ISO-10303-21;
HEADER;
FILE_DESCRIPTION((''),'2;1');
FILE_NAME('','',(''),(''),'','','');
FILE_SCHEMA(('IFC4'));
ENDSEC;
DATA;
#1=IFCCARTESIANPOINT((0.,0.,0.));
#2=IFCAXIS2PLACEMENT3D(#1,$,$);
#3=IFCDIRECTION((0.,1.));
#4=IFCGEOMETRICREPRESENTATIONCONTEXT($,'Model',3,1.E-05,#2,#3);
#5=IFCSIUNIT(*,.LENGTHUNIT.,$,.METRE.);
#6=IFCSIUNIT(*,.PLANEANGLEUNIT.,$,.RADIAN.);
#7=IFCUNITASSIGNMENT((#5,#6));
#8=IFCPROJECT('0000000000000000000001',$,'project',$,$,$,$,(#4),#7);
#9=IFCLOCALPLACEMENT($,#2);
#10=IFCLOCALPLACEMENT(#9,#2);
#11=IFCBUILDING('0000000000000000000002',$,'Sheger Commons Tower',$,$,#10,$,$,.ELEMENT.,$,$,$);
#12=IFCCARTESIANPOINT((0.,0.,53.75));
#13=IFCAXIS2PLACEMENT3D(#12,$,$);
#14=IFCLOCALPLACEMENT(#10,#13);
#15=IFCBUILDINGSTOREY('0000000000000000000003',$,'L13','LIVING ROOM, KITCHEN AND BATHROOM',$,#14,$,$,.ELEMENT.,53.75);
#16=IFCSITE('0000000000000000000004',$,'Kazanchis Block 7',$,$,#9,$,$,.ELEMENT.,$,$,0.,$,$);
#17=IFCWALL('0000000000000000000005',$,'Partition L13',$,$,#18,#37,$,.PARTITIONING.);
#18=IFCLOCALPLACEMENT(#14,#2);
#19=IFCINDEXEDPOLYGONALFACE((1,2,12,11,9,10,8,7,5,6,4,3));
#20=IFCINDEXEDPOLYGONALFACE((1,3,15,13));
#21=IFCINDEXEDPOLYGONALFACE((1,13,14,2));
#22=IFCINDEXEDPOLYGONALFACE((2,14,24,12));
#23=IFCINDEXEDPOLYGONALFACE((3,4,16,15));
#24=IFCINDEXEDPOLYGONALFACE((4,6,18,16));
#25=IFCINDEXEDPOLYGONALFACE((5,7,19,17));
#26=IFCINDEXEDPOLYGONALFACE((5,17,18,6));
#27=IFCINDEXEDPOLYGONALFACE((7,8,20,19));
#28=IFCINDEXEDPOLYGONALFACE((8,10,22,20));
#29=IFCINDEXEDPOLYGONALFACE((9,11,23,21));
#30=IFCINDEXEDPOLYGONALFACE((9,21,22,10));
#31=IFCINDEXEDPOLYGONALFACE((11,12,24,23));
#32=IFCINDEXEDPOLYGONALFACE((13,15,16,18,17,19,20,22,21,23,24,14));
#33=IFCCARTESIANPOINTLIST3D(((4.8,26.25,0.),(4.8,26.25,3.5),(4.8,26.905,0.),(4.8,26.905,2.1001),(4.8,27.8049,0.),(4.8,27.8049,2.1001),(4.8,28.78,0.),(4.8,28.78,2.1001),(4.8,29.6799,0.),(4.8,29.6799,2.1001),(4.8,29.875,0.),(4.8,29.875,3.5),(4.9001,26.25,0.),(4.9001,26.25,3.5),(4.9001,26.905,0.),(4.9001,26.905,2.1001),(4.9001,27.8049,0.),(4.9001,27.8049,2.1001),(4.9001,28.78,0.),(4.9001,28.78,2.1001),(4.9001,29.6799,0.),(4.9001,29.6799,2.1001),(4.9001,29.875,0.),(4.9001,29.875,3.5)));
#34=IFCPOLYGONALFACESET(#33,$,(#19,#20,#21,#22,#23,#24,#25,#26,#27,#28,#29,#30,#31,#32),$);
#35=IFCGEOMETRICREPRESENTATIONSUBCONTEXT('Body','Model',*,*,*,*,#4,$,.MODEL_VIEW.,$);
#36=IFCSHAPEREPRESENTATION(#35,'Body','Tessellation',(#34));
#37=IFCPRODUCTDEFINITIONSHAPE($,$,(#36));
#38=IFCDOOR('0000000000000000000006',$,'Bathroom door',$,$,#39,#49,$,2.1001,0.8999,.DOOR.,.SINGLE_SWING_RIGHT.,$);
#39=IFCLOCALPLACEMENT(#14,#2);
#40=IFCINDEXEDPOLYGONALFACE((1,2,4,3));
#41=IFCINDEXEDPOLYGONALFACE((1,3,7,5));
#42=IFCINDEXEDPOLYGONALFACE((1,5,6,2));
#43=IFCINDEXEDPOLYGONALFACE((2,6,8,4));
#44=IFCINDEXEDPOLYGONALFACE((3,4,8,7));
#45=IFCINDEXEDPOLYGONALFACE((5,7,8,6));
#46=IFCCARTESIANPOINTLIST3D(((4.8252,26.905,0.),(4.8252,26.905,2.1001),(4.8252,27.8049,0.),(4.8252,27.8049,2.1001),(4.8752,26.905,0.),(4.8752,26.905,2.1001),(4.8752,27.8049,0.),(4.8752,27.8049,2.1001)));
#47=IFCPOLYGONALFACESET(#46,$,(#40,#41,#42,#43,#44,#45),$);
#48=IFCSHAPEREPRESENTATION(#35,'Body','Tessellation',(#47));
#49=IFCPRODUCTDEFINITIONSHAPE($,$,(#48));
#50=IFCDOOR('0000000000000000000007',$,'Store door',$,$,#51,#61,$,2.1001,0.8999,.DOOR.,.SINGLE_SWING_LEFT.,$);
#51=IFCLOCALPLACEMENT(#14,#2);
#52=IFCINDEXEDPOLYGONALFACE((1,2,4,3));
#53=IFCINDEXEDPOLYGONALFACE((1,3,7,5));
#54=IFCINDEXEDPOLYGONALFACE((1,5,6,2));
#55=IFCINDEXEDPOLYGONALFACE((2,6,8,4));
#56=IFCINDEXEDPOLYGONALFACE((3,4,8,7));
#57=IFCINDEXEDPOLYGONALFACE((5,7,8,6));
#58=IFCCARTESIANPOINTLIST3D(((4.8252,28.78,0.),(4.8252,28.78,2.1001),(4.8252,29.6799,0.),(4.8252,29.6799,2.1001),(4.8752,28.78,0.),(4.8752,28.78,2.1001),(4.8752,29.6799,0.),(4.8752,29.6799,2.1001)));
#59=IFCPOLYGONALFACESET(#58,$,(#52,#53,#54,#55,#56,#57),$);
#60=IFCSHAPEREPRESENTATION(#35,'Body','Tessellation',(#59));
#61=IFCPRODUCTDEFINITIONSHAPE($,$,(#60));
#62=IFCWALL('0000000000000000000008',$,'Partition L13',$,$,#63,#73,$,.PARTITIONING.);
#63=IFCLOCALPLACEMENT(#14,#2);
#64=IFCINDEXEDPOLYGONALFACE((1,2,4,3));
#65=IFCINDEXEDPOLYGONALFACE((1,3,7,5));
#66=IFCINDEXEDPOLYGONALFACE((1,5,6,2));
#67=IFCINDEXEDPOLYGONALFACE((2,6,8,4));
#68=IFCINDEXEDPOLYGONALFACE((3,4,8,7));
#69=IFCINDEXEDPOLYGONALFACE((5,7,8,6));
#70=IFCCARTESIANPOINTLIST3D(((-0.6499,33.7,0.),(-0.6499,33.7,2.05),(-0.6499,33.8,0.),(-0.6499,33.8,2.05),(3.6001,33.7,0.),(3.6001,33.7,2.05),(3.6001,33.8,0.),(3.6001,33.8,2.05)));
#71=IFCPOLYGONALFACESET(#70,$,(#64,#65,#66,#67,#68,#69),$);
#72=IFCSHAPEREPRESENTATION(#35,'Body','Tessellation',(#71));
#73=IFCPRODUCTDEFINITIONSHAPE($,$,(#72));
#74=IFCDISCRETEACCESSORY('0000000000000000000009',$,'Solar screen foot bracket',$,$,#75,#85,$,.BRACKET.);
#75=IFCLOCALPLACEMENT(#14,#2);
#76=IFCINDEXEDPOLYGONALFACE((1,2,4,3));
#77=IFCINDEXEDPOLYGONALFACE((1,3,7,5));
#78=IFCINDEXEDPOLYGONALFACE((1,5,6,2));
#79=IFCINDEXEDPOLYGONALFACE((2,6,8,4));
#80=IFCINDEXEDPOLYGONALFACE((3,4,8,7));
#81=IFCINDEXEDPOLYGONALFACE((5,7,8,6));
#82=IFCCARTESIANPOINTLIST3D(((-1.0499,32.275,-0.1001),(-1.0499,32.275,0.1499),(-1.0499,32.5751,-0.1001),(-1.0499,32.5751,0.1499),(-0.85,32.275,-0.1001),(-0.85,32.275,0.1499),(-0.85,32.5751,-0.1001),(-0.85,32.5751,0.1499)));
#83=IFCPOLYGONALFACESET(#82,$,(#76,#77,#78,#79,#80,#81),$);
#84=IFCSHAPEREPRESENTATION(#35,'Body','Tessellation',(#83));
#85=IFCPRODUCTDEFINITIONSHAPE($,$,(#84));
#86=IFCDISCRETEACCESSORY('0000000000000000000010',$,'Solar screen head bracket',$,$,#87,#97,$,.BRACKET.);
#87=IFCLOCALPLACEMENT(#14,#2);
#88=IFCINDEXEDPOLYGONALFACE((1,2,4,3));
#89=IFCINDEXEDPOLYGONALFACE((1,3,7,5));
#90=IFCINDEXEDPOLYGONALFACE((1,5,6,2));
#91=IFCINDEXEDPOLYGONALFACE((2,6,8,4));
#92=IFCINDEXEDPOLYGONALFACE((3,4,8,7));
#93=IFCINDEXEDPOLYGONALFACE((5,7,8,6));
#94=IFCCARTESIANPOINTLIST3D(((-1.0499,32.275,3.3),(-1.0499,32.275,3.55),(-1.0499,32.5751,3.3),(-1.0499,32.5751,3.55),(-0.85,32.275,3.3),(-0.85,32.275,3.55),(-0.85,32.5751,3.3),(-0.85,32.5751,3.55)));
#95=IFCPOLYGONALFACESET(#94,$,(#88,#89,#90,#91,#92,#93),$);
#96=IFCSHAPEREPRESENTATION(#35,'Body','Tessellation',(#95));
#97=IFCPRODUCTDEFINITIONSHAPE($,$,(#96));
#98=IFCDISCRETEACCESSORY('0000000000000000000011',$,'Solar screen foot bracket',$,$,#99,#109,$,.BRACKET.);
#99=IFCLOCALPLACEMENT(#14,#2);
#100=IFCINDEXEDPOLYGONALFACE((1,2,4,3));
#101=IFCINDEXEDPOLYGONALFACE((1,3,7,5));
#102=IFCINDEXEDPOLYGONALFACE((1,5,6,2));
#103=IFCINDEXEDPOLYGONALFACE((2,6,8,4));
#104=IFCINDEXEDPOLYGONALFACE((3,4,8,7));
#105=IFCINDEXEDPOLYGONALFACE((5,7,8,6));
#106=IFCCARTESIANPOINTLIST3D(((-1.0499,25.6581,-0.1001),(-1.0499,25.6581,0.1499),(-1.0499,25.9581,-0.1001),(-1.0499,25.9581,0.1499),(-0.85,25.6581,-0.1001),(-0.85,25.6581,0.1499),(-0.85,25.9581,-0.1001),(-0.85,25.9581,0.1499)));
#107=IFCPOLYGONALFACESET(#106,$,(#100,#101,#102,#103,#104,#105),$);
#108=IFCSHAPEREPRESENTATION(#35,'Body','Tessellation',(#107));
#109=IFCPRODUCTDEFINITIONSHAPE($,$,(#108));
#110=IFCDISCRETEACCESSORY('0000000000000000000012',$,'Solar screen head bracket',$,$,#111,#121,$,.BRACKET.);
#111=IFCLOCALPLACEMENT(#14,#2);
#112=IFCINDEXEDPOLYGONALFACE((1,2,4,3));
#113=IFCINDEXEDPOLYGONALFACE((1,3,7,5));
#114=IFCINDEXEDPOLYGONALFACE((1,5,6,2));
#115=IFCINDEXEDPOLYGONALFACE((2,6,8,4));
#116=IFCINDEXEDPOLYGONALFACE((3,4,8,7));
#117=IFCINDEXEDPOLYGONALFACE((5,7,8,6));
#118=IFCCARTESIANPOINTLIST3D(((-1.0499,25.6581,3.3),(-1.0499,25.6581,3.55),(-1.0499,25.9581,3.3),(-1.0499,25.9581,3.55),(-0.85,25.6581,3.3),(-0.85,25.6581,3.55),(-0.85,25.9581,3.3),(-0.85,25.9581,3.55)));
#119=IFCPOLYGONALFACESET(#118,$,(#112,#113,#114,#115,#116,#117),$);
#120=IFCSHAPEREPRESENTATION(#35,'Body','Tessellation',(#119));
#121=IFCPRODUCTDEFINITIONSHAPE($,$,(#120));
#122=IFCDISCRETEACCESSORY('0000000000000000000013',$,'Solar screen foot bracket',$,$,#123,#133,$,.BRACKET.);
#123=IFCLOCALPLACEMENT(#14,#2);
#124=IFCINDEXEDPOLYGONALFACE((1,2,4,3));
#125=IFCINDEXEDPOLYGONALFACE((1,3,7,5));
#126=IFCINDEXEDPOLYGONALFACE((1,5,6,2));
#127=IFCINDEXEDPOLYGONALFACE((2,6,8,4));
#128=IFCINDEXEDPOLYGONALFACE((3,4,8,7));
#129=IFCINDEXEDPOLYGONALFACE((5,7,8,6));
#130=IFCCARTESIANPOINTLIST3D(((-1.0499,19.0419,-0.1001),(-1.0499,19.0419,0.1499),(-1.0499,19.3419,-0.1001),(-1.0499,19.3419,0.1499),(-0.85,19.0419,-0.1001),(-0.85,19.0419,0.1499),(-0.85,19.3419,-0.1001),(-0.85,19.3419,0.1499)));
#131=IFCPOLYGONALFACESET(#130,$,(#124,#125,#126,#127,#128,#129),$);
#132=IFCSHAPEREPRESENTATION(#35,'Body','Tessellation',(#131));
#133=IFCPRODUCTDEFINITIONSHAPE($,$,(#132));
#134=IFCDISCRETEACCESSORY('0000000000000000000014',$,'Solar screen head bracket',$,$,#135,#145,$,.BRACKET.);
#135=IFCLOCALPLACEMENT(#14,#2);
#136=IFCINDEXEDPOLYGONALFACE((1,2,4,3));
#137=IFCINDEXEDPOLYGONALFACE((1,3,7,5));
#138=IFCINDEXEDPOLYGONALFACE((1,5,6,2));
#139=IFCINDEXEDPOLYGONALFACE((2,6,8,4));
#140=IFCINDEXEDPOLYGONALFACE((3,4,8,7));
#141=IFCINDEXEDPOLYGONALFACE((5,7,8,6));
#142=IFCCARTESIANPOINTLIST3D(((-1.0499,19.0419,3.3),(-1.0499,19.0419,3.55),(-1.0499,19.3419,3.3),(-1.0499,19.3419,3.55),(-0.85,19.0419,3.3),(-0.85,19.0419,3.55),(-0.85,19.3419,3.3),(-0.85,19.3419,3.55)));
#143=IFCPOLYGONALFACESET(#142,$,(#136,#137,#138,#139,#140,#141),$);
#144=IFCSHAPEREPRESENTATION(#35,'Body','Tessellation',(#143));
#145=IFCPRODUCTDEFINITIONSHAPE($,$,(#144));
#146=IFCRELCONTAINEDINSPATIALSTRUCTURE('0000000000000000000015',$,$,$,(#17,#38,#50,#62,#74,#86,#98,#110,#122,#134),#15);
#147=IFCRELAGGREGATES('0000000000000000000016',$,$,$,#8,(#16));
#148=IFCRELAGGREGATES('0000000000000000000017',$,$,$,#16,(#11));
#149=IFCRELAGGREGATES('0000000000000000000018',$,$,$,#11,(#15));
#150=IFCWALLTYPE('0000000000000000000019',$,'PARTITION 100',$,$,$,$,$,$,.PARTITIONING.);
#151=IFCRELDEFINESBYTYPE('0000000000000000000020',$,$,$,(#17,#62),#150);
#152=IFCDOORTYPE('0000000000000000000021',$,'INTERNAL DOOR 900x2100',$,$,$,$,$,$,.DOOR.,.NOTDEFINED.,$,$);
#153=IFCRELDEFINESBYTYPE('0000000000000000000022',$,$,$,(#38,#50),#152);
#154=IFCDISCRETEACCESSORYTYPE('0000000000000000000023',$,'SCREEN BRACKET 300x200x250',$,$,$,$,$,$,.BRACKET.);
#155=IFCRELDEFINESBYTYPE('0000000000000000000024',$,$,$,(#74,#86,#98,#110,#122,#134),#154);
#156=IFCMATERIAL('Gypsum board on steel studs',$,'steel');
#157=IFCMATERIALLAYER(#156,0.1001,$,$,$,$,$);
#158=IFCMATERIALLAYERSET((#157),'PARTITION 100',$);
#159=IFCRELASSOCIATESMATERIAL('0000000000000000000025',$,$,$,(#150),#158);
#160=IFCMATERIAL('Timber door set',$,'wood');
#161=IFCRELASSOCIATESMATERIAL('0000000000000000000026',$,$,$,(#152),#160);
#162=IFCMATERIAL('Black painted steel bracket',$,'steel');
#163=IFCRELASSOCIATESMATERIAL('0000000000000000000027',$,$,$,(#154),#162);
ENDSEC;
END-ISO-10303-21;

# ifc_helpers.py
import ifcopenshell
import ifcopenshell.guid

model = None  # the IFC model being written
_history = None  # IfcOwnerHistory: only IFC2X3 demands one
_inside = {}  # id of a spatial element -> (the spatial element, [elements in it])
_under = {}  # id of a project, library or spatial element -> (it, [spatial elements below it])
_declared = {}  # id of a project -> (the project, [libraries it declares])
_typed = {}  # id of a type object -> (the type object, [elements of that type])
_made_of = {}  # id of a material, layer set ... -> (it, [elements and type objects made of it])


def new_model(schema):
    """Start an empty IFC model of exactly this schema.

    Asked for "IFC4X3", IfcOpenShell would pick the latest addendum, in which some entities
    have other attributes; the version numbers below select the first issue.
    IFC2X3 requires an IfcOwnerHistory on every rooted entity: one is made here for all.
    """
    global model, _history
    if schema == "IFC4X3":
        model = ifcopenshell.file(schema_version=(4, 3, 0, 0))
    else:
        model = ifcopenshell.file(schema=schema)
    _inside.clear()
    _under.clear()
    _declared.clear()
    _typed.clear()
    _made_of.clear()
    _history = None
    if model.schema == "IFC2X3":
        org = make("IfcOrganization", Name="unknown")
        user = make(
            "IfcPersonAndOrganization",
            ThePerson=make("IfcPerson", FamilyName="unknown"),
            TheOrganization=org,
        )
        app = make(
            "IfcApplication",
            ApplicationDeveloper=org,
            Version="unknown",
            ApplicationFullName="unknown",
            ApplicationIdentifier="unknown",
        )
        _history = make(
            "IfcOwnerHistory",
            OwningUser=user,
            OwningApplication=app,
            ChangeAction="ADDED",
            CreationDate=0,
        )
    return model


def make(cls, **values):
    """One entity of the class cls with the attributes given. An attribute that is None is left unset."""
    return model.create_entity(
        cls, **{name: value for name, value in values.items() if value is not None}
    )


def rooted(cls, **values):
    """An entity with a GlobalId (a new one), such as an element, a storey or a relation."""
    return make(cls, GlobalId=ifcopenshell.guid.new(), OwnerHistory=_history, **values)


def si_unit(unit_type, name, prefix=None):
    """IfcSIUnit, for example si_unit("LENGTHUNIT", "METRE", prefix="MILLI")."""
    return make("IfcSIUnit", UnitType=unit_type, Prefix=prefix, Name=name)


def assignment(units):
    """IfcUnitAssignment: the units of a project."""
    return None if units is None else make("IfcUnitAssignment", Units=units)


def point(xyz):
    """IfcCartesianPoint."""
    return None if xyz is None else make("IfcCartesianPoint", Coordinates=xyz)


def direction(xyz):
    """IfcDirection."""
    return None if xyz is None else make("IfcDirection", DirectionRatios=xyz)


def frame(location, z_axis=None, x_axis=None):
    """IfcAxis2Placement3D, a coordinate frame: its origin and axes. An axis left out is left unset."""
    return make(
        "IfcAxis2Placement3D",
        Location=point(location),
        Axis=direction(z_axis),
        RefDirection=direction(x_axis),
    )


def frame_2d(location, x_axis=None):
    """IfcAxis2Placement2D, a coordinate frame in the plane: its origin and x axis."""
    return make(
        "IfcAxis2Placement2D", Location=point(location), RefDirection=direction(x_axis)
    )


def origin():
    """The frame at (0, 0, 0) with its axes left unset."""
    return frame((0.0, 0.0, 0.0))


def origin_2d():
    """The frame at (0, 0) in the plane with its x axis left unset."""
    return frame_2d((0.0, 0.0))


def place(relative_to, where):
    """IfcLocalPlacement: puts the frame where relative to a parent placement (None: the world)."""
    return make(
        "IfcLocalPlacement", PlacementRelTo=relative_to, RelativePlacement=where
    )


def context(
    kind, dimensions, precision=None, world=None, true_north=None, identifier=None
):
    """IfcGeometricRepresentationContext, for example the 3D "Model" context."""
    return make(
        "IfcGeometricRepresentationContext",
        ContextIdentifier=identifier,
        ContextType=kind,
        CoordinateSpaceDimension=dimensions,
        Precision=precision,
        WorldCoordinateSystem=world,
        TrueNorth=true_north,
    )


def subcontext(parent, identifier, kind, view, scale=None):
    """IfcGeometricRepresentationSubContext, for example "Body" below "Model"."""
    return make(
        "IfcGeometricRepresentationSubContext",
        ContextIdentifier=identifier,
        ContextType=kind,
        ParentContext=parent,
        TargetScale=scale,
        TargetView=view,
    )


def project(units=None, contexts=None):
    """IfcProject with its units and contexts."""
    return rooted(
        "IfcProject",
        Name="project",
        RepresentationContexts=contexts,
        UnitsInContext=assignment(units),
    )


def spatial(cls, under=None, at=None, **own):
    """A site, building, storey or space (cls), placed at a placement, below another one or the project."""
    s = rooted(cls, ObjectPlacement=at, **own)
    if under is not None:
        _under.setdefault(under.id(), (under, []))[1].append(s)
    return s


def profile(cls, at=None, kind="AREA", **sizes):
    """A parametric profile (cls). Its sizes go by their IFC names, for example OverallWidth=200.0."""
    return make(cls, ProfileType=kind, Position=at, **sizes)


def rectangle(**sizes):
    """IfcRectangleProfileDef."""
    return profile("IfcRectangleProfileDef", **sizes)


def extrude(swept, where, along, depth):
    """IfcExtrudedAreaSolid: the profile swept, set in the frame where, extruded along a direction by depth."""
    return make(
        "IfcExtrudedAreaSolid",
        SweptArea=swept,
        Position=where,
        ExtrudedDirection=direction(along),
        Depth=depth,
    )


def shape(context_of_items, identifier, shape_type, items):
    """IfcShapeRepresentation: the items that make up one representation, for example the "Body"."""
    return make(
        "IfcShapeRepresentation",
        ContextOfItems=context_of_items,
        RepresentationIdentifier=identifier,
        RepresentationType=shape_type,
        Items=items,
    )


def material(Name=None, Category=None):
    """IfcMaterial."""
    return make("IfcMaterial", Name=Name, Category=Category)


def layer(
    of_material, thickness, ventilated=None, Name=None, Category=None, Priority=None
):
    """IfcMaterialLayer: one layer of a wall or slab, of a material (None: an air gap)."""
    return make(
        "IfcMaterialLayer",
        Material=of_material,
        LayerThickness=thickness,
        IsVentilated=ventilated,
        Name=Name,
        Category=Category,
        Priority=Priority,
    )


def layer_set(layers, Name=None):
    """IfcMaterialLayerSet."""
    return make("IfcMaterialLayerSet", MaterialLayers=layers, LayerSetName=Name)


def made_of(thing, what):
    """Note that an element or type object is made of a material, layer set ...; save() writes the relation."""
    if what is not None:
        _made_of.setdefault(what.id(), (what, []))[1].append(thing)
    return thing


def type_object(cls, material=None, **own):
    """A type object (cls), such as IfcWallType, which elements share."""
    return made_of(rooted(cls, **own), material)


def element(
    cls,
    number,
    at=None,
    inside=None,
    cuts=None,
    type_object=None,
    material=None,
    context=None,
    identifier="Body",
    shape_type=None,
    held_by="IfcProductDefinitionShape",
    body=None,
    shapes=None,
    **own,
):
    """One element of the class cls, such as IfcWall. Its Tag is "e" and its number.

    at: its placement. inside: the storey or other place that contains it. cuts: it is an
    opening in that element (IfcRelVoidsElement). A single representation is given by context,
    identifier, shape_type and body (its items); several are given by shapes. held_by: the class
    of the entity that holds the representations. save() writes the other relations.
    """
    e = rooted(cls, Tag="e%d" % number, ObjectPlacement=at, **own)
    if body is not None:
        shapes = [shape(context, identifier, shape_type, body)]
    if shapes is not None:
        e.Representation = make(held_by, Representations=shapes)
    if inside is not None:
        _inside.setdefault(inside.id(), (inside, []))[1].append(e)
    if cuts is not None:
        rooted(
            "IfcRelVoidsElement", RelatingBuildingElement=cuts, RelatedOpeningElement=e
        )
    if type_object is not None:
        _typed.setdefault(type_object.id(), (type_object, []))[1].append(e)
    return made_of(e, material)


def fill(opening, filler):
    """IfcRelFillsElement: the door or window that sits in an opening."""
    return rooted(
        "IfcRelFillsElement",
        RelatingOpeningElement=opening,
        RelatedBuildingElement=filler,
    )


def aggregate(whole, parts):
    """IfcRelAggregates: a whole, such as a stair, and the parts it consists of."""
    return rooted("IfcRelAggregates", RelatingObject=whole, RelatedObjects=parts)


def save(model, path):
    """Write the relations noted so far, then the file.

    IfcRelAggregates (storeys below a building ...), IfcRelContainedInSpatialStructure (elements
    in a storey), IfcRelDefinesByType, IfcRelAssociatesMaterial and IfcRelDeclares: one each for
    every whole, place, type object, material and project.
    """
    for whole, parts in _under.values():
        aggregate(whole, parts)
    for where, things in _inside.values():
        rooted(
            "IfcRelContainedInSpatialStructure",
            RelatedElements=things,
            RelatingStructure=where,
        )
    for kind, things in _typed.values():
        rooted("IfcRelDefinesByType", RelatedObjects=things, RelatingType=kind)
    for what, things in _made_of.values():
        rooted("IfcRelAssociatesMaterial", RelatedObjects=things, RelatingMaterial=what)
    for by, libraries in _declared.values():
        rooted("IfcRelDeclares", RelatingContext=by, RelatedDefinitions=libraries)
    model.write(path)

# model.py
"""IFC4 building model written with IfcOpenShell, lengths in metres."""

from ifc_helpers import new_model, si_unit, direction, frame, frame_2d, origin, origin_2d, place, context, subcontext, project, spatial, rectangle, extrude, material, layer, layer_set, type_object, element, fill, save


model = new_model("IFC4")

# Units and contexts
model_context = context("Model", 3, precision=1e-05, world=origin(), true_north=direction((0.0, 1.0)))
body_context = subcontext(model_context, "Body", "Model", "MODEL_VIEW")
ifc_project = project(units=[si_unit("LENGTHUNIT", "METRE"), si_unit("PLANEANGLEUNIT", "RADIAN")], contexts=[model_context])

# Site, building, storey
site_placement = place(None, origin())
site = spatial("IfcSite", under=ifc_project, at=site_placement, Name="Kazanchis Block 7", CompositionType="ELEMENT", RefElevation=0.0)
building_placement = place(site_placement, origin())
building = spatial("IfcBuilding", under=site, at=building_placement, Name="Sheger Commons Tower", CompositionType="ELEMENT")
storey_placement = place(building_placement, frame((0.0, 0.0, 53.75)))
storey = spatial("IfcBuildingStorey", under=building, at=storey_placement, Name="L13", Description="LIVING ROOM, KITCHEN AND BATHROOM", CompositionType="ELEMENT", Elevation=53.75)

# Shared definitions
ifc_material_1 = material(Name="Gypsum board on steel studs", Category="steel")
ifc_layer_1 = layer(ifc_material_1, 0.1001)
ifc_layer_set_1 = layer_set([ifc_layer_1], Name="PARTITION 100")
wall_type_1 = type_object("IfcWallType", Name="PARTITION 100", PredefinedType="PARTITIONING", material=ifc_layer_set_1)
ifc_material_2 = material(Name="Timber door set", Category="wood")
door_type = type_object("IfcDoorType", Name="INTERNAL DOOR 900x2100", OperationType="NOTDEFINED", PredefinedType="DOOR", material=ifc_material_2)

# Wall, openings, doors
wall_1_placement = place(storey_placement, frame((4.8501, 26.25, 0.0), z_axis=(0.0, 0.0, 1.0), x_axis=(0.0, 1.0, 0.0)))
wall_1 = element("IfcWall", 1, at=wall_1_placement, inside=storey, type_object=wall_type_1, Name="Partition L13", PredefinedType="PARTITIONING", context=body_context, shape_type="SweptSolid", body=[
    extrude(rectangle(XDim=3.625, YDim=0.1001, at=frame_2d((1.8125, 0.0))), origin(), (0.0, 0.0, 1.0), 3.5),
])
opening_1_placement = place(wall_1_placement, frame((0.655, 0.0, 0.0)))
opening_1 = element("IfcOpeningElement", 2, at=opening_1_placement, cuts=wall_1, PredefinedType="OPENING", context=body_context, shape_type="SweptSolid", body=[
    extrude(rectangle(XDim=0.8999, YDim=2.1001, at=frame_2d((0.45, 1.05))), frame((0.0, 0.0601, 0.0), z_axis=(0.0, -1.0, 0.0), x_axis=(1.0, 0.0, 0.0)), (0.0, 0.0, 1.0), 0.1201),
])
opening_2_placement = place(wall_1_placement, frame((2.53, 0.0, 0.0)))
opening_2 = element("IfcOpeningElement", 3, at=opening_2_placement, cuts=wall_1, PredefinedType="OPENING", context=body_context, shape_type="SweptSolid", body=[
    extrude(rectangle(XDim=0.8999, YDim=2.1001, at=frame_2d((0.45, 1.05))), frame((0.0, 0.0601, 0.0), z_axis=(0.0, -1.0, 0.0), x_axis=(1.0, 0.0, 0.0)), (0.0, 0.0, 1.0), 0.1201),
])
door_1_placement = place(opening_1_placement, origin())
door_1 = element("IfcDoor", 4, at=door_1_placement, inside=storey, type_object=door_type, Name="Bathroom door", OperationType="SINGLE_SWING_RIGHT", OverallHeight=2.1001, OverallWidth=0.8999, PredefinedType="DOOR", context=body_context, shape_type="SweptSolid", body=[
    extrude(rectangle(XDim=0.8999, YDim=2.1001, at=frame_2d((0.45, 1.05))), frame((0.0, 0.0249, 0.0), z_axis=(0.0, -1.0, 0.0), x_axis=(1.0, 0.0, 0.0)), (0.0, 0.0, 1.0), 0.05),
])
fill(opening_1, door_1)
door_2_placement = place(opening_2_placement, origin())
door_2 = element("IfcDoor", 5, at=door_2_placement, inside=storey, type_object=door_type, Name="Store door", OperationType="SINGLE_SWING_LEFT", OverallHeight=2.1001, OverallWidth=0.8999, PredefinedType="DOOR", context=body_context, shape_type="SweptSolid", body=[
    extrude(rectangle(XDim=0.8999, YDim=2.1001, at=frame_2d((0.45, 1.05))), frame((0.0, 0.0249, 0.0), z_axis=(0.0, -1.0, 0.0), x_axis=(1.0, 0.0, 0.0)), (0.0, 0.0, 1.0), 0.05),
])
fill(opening_2, door_2)

# Wall
wall_2_placement = place(storey_placement, frame((-0.6499, 33.75, 0.0), z_axis=(0.0, 0.0, 1.0), x_axis=(1.0, 0.0, 0.0)))
element("IfcWall", 6, at=wall_2_placement, inside=storey, type_object=wall_type_1, Name="Partition L13", PredefinedType="PARTITIONING", context=body_context, shape_type="SweptSolid", body=[
    extrude(rectangle(XDim=4.25, YDim=0.1001, at=frame_2d((2.125, 0.0))), origin(), (0.0, 0.0, 1.0), 2.05),
])

# Discrete accessories
ifc_material_3 = material(Name="Black painted steel bracket", Category="steel")
discrete_accessory_type = type_object("IfcDiscreteAccessoryType", Name="SCREEN BRACKET 300x200x250", PredefinedType="BRACKET", material=ifc_material_3)
for number, where, z_axis, x_axis, name in (
    (7, (-0.95, 32.425, -0.1001), (0.0, 0.0, 1.0), (0.0, -1.0, 0.0), "Solar screen foot bracket"),
    (8, (-0.95, 32.425, 3.3), (0.0, 0.0, 1.0), (0.0, -1.0, 0.0), "Solar screen head bracket"),
    (9, (-0.95, 25.8081, -0.1001), (0.0, 0.0, 1.0), (0.0, -1.0, 0.0), "Solar screen foot bracket"),
    (10, (-0.95, 25.8081, 3.3), (0.0, 0.0, 1.0), (0.0, -1.0, 0.0), "Solar screen head bracket"),
    (11, (-0.95, 19.1919, -0.1001), (0.0, 0.0, 1.0), (0.0, -1.0, 0.0), "Solar screen foot bracket"),
    (12, (-0.95, 19.1919, 3.3), (0.0, 0.0, 1.0), (0.0, -1.0, 0.0), "Solar screen head bracket"),
):
    element("IfcDiscreteAccessory", number, at=place(storey_placement, frame(where, z_axis=z_axis, x_axis=x_axis)), inside=storey, type_object=discrete_accessory_type, Name=name, PredefinedType="BRACKET", context=body_context, shape_type="SweptSolid", body=[
        extrude(rectangle(XDim=0.3, YDim=0.2, at=origin_2d()), origin(), (0.0, 0.0, 1.0), 0.25),
    ])

save(model, "model.ifc")
